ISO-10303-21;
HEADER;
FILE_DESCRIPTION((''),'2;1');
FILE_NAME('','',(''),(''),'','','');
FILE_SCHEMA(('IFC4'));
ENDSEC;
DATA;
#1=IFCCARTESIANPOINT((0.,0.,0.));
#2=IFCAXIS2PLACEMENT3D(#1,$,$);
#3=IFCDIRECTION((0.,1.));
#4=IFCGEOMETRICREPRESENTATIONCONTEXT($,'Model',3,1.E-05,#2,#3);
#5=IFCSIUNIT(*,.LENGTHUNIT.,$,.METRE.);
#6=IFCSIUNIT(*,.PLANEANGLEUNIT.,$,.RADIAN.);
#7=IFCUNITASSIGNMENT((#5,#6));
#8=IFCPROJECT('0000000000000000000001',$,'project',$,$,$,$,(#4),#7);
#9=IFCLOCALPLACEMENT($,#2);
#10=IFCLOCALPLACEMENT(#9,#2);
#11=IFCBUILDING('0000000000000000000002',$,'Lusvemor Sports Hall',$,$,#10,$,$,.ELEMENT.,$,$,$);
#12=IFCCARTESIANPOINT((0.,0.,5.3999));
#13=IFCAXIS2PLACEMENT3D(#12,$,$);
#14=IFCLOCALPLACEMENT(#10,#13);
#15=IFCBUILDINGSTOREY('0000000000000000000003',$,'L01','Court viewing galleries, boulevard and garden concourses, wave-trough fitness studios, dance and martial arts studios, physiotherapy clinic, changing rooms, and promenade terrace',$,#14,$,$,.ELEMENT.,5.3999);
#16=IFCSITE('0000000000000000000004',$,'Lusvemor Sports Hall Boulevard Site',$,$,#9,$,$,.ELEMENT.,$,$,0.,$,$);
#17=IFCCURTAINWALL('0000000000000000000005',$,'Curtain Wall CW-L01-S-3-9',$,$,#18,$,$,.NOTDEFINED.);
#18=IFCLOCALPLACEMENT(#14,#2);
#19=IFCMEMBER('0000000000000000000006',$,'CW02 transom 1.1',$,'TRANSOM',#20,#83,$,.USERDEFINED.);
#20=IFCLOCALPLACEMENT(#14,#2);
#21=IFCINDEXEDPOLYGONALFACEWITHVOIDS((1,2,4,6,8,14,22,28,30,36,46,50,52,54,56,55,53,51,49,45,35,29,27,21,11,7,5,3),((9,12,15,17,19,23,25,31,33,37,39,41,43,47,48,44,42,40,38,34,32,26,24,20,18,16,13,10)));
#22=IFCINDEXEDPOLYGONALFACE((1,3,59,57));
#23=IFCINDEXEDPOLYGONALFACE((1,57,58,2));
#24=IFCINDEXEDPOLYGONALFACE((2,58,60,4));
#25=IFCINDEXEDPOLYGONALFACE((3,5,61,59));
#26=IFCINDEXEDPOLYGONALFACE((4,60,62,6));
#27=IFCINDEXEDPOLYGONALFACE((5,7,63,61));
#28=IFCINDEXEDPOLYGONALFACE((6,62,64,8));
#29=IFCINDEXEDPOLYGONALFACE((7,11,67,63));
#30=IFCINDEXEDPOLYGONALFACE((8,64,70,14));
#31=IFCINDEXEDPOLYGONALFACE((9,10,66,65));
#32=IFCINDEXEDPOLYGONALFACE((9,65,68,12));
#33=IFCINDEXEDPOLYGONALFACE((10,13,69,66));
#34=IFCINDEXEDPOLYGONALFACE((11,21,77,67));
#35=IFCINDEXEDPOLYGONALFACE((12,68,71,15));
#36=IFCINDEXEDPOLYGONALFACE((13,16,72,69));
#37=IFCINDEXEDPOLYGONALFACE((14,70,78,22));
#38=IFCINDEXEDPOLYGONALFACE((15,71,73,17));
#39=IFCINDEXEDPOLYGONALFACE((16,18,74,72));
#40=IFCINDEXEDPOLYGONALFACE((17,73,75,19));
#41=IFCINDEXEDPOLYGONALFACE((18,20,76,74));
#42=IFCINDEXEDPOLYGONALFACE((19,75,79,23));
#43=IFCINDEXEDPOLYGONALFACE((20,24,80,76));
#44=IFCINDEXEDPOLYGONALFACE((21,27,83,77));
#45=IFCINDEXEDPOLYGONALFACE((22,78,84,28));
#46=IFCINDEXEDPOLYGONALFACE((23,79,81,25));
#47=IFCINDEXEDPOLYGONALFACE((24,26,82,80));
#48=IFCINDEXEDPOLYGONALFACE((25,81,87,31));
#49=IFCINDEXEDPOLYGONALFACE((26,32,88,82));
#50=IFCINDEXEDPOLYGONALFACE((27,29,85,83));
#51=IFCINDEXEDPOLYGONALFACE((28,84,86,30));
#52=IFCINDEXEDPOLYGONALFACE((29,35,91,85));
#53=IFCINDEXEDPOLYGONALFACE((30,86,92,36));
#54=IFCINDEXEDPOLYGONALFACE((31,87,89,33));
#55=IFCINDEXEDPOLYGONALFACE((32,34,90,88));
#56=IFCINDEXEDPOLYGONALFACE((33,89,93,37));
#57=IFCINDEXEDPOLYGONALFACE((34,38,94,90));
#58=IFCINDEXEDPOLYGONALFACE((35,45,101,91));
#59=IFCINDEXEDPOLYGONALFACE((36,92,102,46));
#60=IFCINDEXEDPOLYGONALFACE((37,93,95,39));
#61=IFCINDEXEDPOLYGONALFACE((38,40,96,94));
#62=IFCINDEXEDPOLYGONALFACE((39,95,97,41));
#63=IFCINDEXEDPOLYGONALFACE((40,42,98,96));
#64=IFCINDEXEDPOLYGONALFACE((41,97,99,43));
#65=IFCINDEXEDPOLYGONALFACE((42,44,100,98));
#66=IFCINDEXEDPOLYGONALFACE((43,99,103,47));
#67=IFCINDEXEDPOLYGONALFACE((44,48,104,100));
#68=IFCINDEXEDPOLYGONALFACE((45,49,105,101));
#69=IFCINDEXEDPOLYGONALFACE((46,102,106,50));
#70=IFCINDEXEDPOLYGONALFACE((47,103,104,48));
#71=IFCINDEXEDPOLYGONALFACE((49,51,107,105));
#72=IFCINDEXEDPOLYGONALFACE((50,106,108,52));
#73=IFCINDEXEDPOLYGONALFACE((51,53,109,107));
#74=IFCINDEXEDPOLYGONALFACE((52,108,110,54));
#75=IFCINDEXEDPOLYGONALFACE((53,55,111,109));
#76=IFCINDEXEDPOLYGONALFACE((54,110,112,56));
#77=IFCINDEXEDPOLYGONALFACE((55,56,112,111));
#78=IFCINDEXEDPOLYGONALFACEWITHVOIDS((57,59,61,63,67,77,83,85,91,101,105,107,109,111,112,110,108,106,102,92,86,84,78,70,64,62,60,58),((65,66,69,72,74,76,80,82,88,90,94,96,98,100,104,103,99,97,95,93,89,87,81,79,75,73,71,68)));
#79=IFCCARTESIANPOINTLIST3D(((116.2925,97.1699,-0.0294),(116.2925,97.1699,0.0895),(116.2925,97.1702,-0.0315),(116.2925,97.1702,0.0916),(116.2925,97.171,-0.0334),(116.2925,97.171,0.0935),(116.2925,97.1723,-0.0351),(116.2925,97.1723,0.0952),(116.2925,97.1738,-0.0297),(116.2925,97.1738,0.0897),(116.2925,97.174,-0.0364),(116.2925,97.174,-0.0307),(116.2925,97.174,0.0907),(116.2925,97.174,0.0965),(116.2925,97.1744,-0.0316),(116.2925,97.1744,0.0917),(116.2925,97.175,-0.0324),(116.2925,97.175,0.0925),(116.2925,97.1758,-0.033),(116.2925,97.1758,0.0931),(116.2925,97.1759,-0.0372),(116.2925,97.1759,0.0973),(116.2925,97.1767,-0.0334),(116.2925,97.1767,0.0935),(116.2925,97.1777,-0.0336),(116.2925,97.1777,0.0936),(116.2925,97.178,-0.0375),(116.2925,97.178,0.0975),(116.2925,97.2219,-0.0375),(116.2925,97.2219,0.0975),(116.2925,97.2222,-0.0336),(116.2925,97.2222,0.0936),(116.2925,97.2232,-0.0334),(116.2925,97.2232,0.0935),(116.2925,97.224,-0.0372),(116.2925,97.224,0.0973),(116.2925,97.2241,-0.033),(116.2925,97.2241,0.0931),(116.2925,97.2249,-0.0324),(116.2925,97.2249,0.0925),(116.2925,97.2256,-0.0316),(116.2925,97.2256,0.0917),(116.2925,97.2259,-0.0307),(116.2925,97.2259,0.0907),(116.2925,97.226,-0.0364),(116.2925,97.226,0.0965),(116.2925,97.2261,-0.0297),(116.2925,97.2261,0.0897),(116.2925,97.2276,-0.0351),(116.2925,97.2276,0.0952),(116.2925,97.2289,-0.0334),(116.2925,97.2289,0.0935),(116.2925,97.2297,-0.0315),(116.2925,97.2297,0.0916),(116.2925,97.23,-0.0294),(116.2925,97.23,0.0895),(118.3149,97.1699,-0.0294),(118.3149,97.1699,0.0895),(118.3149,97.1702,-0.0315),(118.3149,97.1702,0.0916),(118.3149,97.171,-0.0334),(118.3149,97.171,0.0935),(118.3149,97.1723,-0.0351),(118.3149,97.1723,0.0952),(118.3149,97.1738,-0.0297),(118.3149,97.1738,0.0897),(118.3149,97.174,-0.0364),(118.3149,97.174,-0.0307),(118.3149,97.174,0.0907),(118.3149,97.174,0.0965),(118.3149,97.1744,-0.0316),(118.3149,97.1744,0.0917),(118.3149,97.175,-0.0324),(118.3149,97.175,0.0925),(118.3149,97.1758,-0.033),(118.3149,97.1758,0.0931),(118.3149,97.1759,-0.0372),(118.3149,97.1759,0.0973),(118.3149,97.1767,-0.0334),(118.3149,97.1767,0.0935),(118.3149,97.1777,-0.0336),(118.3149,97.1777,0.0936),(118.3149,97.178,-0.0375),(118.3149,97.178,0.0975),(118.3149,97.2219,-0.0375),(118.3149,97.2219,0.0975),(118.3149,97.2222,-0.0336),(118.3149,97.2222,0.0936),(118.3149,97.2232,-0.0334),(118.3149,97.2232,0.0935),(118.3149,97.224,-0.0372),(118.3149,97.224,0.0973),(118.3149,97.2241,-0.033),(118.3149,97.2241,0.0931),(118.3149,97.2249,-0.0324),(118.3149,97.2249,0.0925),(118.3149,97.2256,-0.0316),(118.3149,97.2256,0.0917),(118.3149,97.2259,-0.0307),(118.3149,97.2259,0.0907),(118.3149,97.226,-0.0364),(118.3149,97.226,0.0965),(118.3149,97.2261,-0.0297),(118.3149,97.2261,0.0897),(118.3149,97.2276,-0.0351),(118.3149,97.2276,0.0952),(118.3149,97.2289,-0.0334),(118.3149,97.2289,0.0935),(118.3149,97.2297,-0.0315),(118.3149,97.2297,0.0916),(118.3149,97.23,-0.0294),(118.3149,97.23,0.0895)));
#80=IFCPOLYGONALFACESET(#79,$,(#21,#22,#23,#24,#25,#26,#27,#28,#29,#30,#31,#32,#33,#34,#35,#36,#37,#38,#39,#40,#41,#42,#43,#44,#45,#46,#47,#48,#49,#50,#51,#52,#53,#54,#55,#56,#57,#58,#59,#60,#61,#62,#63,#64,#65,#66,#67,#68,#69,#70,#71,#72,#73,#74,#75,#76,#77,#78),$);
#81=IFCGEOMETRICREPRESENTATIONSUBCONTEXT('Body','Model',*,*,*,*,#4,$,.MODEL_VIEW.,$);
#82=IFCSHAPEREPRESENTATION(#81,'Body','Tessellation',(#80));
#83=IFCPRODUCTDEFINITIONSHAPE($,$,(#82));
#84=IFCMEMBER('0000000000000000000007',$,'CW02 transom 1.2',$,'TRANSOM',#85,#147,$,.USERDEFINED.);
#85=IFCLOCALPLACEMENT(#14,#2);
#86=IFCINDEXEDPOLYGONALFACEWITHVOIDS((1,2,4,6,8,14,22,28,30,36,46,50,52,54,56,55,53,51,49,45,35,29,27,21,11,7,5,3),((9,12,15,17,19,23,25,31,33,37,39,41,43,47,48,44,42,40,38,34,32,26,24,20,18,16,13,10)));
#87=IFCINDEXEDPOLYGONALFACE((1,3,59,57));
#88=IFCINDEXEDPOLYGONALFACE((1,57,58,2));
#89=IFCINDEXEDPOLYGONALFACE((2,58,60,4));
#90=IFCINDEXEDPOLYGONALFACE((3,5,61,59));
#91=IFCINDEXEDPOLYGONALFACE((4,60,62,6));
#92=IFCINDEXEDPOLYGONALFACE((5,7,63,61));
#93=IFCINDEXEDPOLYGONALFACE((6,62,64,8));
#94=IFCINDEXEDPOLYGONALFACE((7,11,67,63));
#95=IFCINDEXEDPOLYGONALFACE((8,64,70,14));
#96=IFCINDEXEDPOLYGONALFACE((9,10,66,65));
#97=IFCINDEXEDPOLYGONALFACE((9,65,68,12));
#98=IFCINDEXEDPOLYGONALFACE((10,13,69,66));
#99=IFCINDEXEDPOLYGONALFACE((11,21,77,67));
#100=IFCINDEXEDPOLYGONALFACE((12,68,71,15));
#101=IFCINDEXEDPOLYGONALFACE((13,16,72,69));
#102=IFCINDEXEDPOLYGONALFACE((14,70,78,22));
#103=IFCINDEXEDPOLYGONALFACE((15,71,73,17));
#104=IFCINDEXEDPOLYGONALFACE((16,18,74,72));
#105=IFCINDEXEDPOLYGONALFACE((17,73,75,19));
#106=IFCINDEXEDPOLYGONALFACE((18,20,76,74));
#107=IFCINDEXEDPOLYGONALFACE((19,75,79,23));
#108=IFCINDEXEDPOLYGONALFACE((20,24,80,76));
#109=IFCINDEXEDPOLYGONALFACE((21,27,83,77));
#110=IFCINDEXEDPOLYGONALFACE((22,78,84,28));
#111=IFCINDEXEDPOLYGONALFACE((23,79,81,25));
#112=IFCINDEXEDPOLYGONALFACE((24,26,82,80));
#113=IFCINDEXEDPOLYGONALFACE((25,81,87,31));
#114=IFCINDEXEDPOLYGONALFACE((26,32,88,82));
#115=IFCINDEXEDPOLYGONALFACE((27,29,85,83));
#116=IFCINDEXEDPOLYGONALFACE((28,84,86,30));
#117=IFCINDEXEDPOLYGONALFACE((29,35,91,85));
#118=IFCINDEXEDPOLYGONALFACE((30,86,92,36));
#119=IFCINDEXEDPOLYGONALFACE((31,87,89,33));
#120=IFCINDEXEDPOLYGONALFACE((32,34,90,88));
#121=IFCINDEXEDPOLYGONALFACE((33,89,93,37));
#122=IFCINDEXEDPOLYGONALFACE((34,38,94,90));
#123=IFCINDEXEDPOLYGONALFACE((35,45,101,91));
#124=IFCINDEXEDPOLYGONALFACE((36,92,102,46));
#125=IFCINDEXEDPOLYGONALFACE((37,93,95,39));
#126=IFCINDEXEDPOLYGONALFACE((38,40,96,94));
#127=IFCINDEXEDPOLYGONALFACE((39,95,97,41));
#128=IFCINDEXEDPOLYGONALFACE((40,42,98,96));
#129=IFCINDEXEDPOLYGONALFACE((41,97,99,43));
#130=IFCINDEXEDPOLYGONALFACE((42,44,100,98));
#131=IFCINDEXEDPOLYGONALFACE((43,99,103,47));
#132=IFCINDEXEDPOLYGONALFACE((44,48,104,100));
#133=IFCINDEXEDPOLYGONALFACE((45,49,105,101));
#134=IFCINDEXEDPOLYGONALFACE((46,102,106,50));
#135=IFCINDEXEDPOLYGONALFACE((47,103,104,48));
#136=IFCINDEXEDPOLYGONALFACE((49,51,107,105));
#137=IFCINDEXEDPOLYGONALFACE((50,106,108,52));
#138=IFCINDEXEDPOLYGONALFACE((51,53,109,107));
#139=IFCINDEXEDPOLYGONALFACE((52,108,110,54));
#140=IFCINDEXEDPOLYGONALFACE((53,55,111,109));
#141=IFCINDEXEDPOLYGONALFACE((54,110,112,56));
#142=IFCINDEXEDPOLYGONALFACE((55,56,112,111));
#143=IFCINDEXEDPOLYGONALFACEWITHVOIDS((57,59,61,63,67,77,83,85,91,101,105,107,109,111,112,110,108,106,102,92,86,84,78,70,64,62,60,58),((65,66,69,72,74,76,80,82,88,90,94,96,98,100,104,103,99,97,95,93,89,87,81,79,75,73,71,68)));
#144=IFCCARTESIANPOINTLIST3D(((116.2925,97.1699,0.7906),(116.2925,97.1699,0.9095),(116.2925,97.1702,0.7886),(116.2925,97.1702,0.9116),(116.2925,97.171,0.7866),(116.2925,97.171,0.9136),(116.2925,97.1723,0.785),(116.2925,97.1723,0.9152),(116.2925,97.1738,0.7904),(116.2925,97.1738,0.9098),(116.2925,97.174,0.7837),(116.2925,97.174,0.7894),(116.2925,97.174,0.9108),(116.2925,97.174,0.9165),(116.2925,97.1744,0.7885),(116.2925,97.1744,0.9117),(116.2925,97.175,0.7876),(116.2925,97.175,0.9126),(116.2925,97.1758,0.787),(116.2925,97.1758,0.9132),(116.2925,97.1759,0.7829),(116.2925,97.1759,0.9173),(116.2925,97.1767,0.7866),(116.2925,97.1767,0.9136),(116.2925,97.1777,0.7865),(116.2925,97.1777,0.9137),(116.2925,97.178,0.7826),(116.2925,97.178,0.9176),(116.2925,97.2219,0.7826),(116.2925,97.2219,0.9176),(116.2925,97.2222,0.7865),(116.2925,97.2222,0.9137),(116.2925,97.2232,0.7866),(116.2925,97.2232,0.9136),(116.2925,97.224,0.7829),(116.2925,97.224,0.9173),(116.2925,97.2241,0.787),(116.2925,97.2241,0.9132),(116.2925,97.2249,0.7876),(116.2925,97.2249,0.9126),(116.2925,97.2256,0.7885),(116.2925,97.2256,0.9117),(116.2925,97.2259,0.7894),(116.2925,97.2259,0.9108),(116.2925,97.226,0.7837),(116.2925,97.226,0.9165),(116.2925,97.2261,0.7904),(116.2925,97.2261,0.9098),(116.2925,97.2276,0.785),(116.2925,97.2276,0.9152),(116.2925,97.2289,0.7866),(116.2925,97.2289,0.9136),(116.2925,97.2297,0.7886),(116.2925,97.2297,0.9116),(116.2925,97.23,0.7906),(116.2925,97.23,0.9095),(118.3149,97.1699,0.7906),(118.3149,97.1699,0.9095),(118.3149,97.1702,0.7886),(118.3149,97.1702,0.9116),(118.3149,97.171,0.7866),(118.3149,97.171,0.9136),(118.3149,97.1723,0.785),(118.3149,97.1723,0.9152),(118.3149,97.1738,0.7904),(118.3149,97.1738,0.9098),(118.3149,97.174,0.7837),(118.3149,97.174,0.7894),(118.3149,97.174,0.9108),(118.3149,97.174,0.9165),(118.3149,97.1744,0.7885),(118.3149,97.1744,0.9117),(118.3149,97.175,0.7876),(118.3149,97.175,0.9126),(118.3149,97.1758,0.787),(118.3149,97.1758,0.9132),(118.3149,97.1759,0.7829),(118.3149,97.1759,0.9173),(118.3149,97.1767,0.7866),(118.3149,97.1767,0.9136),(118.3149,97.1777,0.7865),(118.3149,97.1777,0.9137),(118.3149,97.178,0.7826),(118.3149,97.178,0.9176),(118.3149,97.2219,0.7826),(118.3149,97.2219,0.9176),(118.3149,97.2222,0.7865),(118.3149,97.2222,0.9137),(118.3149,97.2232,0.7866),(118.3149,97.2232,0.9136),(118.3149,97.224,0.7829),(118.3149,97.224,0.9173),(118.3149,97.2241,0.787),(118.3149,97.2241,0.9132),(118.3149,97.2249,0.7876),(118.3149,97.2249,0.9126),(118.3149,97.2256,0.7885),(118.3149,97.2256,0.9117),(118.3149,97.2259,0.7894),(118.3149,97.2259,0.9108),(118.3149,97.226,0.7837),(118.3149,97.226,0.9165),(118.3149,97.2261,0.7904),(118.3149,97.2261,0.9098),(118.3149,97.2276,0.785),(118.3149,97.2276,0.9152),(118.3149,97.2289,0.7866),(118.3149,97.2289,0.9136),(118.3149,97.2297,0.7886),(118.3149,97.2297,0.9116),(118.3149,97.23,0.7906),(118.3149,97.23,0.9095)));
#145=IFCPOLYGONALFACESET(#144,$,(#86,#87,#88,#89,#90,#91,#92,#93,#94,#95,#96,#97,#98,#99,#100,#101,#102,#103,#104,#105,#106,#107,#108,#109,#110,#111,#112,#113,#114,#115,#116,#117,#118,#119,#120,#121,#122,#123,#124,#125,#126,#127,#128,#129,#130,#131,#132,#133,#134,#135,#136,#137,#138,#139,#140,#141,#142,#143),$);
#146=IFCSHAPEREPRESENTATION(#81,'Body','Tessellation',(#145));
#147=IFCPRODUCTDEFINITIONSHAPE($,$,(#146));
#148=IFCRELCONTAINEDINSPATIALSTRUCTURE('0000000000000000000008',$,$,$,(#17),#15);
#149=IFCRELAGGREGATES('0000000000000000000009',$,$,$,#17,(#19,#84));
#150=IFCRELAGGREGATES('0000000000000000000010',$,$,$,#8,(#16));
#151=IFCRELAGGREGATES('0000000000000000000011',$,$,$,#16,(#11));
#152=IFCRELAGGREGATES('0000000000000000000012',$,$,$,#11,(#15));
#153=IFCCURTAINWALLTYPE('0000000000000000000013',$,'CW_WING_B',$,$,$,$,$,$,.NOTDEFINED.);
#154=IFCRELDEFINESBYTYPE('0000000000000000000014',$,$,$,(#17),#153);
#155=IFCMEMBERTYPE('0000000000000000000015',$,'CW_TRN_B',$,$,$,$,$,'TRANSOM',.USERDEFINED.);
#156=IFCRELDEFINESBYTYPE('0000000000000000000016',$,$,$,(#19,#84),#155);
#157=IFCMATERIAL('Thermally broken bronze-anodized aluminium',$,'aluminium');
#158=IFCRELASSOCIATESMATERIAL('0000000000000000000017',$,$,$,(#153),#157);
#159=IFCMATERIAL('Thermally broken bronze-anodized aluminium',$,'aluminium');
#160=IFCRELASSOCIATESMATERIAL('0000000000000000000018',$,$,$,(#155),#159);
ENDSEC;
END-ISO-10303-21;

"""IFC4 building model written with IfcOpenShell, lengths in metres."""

from ifc_helpers import new_model, si_unit, direction, frame, origin, origin_2d, place, context, subcontext, project, spatial, hollow_rectangle, extrude, material, material_profile, profile_set, type_object, element, aggregate, save


model = new_model("IFC4")

# Units and contexts
model_context = context("Model", 3, precision=1e-05, world=origin(), true_north=direction((0.0, 1.0)))
body_context = subcontext(model_context, "Body", "Model", "MODEL_VIEW")
ifc_project = project(units=[si_unit("LENGTHUNIT", "METRE"), si_unit("PLANEANGLEUNIT", "RADIAN")], contexts=[model_context])

# Site, building, storey
site_placement = place(None, origin())
site = spatial("IfcSite", under=ifc_project, at=site_placement, Name="Lusvemor Sports Hall Boulevard Site", CompositionType="ELEMENT", RefElevation=0.0)
building_placement = place(site_placement, origin())
building = spatial("IfcBuilding", under=site, at=building_placement, Name="Lusvemor Sports Hall", CompositionType="ELEMENT")
storey_placement = place(building_placement, frame((0.0, 0.0, 5.3999)))
storey = spatial("IfcBuildingStorey", under=building, at=storey_placement, Name="L01", Description="Court viewing galleries, boulevard and garden concourses, wave-trough fitness studios, dance and martial arts studios, physiotherapy clinic, changing rooms, and promenade terrace", CompositionType="ELEMENT", Elevation=5.3999)

# Curtain wall, members
ifc_material_1 = material(Name="Thermally broken bronze-anodized aluminium", Category="aluminium")
curtain_wall_type = type_object("IfcCurtainWallType", Name="CW_WING_B", PredefinedType="NOTDEFINED", material=ifc_material_1)
curtain_wall_placement = place(storey_placement, origin())
curtain_wall = element("IfcCurtainWall", 1, at=curtain_wall_placement, inside=storey, type_object=curtain_wall_type, Name="Curtain Wall CW-L01-S-3-9", PredefinedType="NOTDEFINED")
ifc_material_2 = material(Name="Thermally broken bronze-anodized aluminium", Category="aluminium")
ifc_material_profile_1 = material_profile(ifc_material_2, hollow_rectangle(XDim=0.0601, YDim=0.135, WallThickness=0.0039, InnerFilletRadius=0.0039, OuterFilletRadius=0.0081, at=origin_2d()), Name="CWTRN135x60x4")
ifc_profile_set_1 = profile_set([ifc_material_profile_1], Name="Thermally broken bronze-anodized aluminium")
member_type_1 = type_object("IfcMemberType", Name="CW_TRN_B", ElementType="TRANSOM", PredefinedType="USERDEFINED", material=ifc_profile_set_1)
member_1_placement = place(storey_placement, frame((118.3149, 97.2, 0.03), z_axis=(-1.0, 0.0, 0.0), x_axis=(0.0, -1.0, 0.0)))
member_1 = element("IfcMember", 2, at=member_1_placement, type_object=member_type_1, Name="CW02 transom 1.1", ObjectType="TRANSOM", PredefinedType="USERDEFINED", context=body_context, shape_type="SweptSolid", body=[
    extrude(hollow_rectangle(XDim=0.0601, YDim=0.135, WallThickness=0.0039, InnerFilletRadius=0.0039, OuterFilletRadius=0.0081, at=origin_2d()), origin(), (0.0, 0.0, 1.0), 2.0225),
])
member_2_placement = place(storey_placement, frame((118.3149, 97.2, 0.8501), z_axis=(-1.0, 0.0, 0.0), x_axis=(0.0, -1.0, 0.0)))
member_2 = element("IfcMember", 3, at=member_2_placement, type_object=member_type_1, Name="CW02 transom 1.2", ObjectType="TRANSOM", PredefinedType="USERDEFINED", context=body_context, shape_type="SweptSolid", body=[
    extrude(hollow_rectangle(XDim=0.0601, YDim=0.135, WallThickness=0.0039, InnerFilletRadius=0.0039, OuterFilletRadius=0.0081, at=origin_2d()), origin(), (0.0, 0.0, 1.0), 2.0225),
])

aggregate(curtain_wall, [member_1, member_2])

save(model, "model.ifc")
